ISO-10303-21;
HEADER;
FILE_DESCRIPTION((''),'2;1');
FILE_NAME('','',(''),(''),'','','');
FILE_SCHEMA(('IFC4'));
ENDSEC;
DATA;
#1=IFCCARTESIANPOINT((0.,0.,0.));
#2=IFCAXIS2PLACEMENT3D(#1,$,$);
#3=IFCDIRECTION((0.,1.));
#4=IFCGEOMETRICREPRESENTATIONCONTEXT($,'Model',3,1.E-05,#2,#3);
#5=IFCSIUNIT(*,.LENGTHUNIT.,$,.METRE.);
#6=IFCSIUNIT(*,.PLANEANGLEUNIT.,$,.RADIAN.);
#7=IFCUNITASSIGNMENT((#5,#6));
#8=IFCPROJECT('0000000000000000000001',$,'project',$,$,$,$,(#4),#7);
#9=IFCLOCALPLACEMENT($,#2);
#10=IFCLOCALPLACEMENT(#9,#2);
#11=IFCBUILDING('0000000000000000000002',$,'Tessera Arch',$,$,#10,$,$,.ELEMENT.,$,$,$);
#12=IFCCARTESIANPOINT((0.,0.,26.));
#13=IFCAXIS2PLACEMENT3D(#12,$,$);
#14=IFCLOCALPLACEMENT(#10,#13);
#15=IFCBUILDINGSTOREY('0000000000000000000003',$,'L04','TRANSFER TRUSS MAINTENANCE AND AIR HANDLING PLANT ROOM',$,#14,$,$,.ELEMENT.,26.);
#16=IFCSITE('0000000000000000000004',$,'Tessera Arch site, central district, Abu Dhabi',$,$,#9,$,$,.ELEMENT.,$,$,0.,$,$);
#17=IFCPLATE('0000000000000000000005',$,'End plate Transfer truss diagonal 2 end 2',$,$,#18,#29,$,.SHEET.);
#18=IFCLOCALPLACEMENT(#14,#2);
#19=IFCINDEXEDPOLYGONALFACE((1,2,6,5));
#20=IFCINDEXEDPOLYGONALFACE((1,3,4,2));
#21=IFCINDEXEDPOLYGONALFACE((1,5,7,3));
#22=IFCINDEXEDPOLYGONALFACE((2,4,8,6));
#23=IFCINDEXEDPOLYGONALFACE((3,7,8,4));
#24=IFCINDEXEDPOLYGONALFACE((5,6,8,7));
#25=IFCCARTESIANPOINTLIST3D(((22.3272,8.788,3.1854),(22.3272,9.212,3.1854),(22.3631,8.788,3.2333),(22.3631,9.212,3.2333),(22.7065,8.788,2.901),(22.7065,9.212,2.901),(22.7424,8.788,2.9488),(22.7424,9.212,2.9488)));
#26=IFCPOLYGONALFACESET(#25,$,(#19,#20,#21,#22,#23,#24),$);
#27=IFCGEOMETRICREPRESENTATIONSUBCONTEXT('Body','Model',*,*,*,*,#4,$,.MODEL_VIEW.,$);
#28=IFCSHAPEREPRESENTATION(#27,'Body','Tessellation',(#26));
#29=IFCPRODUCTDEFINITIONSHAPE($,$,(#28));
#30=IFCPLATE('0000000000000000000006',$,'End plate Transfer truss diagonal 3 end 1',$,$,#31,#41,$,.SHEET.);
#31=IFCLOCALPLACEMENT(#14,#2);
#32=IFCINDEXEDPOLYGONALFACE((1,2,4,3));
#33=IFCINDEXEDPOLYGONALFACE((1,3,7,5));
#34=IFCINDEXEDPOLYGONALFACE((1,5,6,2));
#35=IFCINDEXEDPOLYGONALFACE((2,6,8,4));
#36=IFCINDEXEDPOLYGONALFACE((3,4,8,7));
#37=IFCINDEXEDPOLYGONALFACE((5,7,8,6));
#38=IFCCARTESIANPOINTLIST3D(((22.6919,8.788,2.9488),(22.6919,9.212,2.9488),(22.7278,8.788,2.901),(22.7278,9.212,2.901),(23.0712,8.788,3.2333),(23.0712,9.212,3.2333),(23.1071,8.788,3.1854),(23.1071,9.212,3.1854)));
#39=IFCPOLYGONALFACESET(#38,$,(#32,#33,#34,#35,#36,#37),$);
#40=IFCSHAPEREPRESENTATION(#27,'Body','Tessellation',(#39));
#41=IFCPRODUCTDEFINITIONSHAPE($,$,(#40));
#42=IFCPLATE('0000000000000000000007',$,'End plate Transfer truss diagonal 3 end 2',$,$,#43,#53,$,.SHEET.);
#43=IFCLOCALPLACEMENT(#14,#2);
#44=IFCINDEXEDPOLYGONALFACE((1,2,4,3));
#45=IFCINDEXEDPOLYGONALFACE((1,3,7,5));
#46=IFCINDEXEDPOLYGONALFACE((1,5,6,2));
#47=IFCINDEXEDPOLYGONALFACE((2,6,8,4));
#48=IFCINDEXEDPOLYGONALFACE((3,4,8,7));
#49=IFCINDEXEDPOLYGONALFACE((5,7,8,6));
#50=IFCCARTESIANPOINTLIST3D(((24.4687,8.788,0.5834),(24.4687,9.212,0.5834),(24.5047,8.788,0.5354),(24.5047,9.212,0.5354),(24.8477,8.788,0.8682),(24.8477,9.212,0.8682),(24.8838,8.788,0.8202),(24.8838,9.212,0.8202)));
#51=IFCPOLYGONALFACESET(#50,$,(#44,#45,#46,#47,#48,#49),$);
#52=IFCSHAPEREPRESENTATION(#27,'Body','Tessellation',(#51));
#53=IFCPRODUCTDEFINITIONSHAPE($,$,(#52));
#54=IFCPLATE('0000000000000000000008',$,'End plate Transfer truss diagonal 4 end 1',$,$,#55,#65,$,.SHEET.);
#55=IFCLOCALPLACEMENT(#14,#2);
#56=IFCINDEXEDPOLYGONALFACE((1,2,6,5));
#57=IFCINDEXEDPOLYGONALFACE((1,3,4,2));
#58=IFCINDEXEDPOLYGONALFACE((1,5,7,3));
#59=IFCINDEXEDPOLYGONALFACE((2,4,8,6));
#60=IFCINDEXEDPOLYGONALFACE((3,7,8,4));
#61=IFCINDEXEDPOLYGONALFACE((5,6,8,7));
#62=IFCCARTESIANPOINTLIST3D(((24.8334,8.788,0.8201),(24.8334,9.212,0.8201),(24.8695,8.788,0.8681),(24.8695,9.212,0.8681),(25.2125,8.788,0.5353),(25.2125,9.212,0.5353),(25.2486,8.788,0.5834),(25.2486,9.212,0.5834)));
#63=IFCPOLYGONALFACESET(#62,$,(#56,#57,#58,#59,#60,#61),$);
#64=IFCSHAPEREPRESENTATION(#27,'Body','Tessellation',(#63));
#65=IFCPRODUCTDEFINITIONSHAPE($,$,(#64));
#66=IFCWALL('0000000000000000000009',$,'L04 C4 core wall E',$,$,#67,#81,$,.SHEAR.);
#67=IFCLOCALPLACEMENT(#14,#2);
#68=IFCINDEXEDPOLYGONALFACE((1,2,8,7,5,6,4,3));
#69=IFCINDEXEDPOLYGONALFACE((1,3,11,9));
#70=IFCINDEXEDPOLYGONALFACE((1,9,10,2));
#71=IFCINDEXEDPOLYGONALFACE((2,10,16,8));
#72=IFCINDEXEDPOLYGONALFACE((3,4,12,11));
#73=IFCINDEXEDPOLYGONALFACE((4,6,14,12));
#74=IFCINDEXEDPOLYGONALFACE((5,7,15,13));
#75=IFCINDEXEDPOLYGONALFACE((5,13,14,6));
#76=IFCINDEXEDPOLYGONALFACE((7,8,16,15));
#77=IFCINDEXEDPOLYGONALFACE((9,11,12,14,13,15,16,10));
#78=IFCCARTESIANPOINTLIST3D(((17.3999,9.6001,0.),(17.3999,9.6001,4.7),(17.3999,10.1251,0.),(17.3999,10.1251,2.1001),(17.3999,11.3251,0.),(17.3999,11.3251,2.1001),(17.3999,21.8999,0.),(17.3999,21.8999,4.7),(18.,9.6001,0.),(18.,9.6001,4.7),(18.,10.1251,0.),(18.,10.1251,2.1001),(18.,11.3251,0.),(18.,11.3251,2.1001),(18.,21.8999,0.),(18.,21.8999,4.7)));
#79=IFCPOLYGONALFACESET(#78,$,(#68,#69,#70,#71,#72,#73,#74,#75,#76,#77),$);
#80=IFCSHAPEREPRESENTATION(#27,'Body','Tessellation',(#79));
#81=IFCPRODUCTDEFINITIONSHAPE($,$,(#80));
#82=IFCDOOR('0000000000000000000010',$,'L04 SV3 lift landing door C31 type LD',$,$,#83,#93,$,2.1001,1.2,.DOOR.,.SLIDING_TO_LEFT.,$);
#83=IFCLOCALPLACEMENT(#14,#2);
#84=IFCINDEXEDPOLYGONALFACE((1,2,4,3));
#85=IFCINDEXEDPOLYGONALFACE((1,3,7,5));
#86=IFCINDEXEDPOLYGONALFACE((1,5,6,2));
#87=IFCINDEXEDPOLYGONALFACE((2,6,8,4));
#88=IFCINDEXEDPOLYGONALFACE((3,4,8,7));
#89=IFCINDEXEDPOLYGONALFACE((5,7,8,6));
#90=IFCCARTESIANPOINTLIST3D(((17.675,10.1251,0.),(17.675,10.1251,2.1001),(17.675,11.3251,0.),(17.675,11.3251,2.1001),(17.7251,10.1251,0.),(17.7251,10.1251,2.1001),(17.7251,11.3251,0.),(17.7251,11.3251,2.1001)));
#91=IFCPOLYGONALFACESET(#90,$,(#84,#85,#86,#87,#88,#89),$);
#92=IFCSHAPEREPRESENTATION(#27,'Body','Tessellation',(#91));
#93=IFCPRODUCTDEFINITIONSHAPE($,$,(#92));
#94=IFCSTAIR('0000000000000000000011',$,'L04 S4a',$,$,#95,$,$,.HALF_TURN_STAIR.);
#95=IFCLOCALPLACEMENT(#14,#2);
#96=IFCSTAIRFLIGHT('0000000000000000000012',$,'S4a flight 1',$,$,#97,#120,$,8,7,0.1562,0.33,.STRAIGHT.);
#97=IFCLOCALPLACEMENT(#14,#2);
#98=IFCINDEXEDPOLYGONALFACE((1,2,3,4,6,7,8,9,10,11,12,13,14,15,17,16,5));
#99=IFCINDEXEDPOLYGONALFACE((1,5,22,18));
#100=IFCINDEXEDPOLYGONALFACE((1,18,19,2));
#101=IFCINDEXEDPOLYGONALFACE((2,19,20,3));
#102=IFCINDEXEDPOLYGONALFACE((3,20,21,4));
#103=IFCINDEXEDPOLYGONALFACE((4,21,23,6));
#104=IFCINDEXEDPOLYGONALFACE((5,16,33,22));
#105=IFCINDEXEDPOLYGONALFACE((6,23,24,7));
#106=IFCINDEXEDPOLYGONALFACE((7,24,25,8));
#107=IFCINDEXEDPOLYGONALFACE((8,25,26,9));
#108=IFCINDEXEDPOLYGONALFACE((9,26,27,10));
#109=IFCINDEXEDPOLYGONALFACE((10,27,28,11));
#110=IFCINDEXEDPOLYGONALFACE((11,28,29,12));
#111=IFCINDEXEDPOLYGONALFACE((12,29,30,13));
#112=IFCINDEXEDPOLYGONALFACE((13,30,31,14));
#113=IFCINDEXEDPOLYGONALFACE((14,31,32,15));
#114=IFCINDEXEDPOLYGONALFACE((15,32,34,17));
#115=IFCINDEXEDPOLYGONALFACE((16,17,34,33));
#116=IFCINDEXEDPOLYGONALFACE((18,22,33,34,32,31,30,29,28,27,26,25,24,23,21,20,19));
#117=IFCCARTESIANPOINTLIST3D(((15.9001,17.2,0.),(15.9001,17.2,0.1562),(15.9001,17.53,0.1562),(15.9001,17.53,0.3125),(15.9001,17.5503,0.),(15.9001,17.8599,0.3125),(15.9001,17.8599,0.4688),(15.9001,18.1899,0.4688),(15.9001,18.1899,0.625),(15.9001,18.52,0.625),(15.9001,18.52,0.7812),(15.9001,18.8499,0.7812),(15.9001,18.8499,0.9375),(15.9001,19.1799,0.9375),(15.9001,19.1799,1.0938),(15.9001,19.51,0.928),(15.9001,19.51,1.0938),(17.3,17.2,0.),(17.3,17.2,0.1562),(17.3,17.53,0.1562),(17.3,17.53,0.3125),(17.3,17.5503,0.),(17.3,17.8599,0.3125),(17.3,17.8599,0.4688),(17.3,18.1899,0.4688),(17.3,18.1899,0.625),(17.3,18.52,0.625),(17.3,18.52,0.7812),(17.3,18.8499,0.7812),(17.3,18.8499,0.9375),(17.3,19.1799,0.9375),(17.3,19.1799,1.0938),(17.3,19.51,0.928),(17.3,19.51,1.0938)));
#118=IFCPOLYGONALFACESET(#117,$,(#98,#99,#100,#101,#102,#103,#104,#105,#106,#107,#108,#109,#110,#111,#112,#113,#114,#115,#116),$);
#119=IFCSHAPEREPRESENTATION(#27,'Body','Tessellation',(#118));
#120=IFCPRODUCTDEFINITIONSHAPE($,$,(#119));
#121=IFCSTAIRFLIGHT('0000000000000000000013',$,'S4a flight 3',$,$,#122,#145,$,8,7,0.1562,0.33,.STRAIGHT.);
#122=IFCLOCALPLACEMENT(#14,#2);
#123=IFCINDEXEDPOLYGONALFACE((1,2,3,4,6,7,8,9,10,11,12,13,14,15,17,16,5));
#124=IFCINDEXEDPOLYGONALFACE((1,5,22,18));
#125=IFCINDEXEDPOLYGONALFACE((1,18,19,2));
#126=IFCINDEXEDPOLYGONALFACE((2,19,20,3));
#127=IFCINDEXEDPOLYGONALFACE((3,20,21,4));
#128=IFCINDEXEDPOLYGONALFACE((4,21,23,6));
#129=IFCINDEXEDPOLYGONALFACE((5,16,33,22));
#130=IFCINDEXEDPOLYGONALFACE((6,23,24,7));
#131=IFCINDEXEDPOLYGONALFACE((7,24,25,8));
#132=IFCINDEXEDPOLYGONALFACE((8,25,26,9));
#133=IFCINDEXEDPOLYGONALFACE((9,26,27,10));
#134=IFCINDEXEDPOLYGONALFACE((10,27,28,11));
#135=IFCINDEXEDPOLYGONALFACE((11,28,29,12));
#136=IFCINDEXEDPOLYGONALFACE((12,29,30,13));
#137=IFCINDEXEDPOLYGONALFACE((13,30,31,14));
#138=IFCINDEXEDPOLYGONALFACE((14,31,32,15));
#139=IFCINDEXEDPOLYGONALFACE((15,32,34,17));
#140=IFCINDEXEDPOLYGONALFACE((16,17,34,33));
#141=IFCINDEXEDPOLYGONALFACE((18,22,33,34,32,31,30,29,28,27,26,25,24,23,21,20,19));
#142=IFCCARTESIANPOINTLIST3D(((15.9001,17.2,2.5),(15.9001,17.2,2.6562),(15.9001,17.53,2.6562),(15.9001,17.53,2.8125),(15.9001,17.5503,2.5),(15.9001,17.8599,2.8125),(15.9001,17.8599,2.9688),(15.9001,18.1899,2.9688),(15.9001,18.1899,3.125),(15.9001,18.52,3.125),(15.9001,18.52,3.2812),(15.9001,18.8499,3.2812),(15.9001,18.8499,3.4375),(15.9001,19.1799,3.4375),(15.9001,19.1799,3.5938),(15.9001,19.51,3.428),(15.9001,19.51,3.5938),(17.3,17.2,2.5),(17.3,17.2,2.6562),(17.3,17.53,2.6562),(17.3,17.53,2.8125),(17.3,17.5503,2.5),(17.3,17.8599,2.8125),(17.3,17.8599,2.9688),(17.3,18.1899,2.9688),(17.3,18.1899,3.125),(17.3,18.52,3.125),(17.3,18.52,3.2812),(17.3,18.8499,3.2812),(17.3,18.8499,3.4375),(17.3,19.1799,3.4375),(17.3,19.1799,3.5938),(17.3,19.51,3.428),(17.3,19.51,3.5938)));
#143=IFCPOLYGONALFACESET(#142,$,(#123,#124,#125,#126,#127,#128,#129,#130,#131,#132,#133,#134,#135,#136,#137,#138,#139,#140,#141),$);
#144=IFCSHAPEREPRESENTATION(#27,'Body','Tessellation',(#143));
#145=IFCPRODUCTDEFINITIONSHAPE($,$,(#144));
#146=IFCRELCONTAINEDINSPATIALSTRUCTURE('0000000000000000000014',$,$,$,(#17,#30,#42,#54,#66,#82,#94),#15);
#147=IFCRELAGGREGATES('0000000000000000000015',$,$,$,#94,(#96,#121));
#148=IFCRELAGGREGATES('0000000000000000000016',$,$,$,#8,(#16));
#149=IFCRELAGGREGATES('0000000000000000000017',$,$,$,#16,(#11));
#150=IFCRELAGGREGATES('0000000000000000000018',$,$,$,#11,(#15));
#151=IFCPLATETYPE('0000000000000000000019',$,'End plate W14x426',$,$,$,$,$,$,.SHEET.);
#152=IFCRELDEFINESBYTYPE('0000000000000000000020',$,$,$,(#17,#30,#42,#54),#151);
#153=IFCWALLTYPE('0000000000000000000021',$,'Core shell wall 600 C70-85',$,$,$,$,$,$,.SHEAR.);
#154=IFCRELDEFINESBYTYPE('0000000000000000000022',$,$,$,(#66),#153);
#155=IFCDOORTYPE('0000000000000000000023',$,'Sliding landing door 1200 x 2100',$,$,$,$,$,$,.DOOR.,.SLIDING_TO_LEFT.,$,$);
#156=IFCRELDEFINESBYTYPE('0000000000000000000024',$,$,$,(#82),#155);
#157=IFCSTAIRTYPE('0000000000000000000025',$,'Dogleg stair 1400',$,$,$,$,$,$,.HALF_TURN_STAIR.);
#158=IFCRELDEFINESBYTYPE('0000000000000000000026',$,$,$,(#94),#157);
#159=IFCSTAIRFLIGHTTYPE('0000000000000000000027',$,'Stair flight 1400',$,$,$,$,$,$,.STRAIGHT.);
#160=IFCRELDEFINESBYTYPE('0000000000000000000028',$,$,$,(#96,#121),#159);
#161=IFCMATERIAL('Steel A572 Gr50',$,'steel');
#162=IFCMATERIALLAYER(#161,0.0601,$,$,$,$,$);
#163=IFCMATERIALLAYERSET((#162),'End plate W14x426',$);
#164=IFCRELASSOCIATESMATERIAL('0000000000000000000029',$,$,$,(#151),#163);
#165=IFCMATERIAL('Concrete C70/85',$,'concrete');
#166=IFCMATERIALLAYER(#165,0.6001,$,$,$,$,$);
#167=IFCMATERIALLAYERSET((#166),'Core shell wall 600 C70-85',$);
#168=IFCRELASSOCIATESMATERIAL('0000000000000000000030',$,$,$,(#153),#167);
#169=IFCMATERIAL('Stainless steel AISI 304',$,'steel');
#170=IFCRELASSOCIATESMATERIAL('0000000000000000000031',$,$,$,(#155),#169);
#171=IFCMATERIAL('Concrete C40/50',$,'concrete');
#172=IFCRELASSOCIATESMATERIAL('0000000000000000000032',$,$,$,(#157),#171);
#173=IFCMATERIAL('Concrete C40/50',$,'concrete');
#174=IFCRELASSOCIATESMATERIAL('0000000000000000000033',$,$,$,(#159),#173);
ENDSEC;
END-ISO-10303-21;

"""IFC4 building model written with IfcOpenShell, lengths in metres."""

from ifc_helpers import new_model, si_unit, direction, frame, frame_2d, origin, origin_2d, place, context, subcontext, project, spatial, polyline, rectangle, outline, extrude, material, layer, layer_set, type_object, element, fill, aggregate, save


model = new_model("IFC4")

# Units and contexts
model_context = context("Model", 3, precision=1e-05, world=origin(), true_north=direction((0.0, 1.0)))
body_context = subcontext(model_context, "Body", "Model", "MODEL_VIEW")
ifc_project = project(units=[si_unit("LENGTHUNIT", "METRE"), si_unit("PLANEANGLEUNIT", "RADIAN")], contexts=[model_context])

# Site, building, storey
site_placement = place(None, origin())
site = spatial("IfcSite", under=ifc_project, at=site_placement, Name="Tessera Arch site, central district, Abu Dhabi", CompositionType="ELEMENT", RefElevation=0.0)
building_placement = place(site_placement, origin())
building = spatial("IfcBuilding", under=site, at=building_placement, Name="Tessera Arch", CompositionType="ELEMENT")
storey_placement = place(building_placement, frame((0.0, 0.0, 26.0)))
storey = spatial("IfcBuildingStorey", under=building, at=storey_placement, Name="L04", Description="TRANSFER TRUSS MAINTENANCE AND AIR HANDLING PLANT ROOM", CompositionType="ELEMENT", Elevation=26.0)

# Plates
ifc_material_1 = material(Name="Steel A572 Gr50", Category="steel")
ifc_layer_1 = layer(ifc_material_1, 0.0601)
ifc_layer_set_1 = layer_set([ifc_layer_1], Name="End plate W14x426")
plate_type = type_object("IfcPlateType", Name="End plate W14x426", PredefinedType="SHEET", material=ifc_layer_set_1)
for number, where, z_axis, x_axis, name in (
    (1, (22.5168, 9.0, 3.0432), (0.6, 0.0, 0.8), (0.0, 1.0, 0.0), "End plate Transfer truss diagonal 2 end 2"),
    (2, (22.8816, 9.0, 3.0911), (0.6, 0.0, -0.8), (0.0, 1.0, 0.0), "End plate Transfer truss diagonal 3 end 1"),
):
    element("IfcPlate", number, at=place(storey_placement, frame(where, z_axis=z_axis, x_axis=x_axis)), inside=storey, type_object=plate_type, Name=name, PredefinedType="SHEET", context=body_context, shape_type="SweptSolid", body=[
        extrude(rectangle(XDim=0.4241, YDim=0.4741, at=origin_2d()), origin(), (0.0, 0.0, 1.0), 0.0598),
    ])
for number, where, z_axis, x_axis, name in (
    (3, (24.6582, 9.0, 0.7258), (0.600649, 0.0, -0.799513), (0.0, 1.0, 0.0), "End plate Transfer truss diagonal 3 end 2"),
    (4, (25.0229, 9.0, 0.6777), (0.600649, 0.0, 0.799513), (0.0, 1.0, 0.0), "End plate Transfer truss diagonal 4 end 1"),
):
    element("IfcPlate", number, at=place(storey_placement, frame(where, z_axis=z_axis, x_axis=x_axis)), inside=storey, type_object=plate_type, Name=name, PredefinedType="SHEET", context=body_context, shape_type="SweptSolid", body=[
        extrude(rectangle(XDim=0.4241, YDim=0.4741, at=origin_2d()), origin(), (0.0, 0.0, 1.0), 0.0601),
    ])

# Wall, opening, door
ifc_material_2 = material(Name="Concrete C70/85", Category="concrete")
ifc_layer_2 = layer(ifc_material_2, 0.6001)
ifc_layer_set_2 = layer_set([ifc_layer_2], Name="Core shell wall 600 C70-85")
wall_type = type_object("IfcWallType", Name="Core shell wall 600 C70-85", PredefinedType="SHEAR", material=ifc_layer_set_2)
wall_placement = place(storey_placement, frame((17.7, 9.6001, 0.0), z_axis=(0.0, 0.0, 1.0), x_axis=(0.0, 1.0, 0.0)))
wall = element("IfcWall", 5, at=wall_placement, inside=storey, type_object=wall_type, Name="L04 C4 core wall E", PredefinedType="SHEAR", context=body_context, shape_type="SweptSolid", body=[
    extrude(rectangle(XDim=12.2998, YDim=0.6001, at=frame_2d((6.1499, 0.0))), origin(), (0.0, 0.0, 1.0), 4.7),
])
opening_placement = place(wall_placement, frame((0.5249, 0.0, 0.0)))
opening = element("IfcOpeningElement", 6, at=opening_placement, cuts=wall, PredefinedType="OPENING", context=body_context, shape_type="SweptSolid", body=[
    extrude(rectangle(XDim=1.2, YDim=2.1001, at=frame_2d((0.6001, 1.05))), frame((0.0, 0.3101, 0.0), z_axis=(0.0, -1.0, 0.0), x_axis=(1.0, 0.0, 0.0)), (0.0, 0.0, 1.0), 0.6201),
])
ifc_material_3 = material(Name="Stainless steel AISI 304", Category="steel")
door_type = type_object("IfcDoorType", Name="Sliding landing door 1200 x 2100", OperationType="SLIDING_TO_LEFT", PredefinedType="DOOR", material=ifc_material_3)
door_placement = place(opening_placement, origin())
door = element("IfcDoor", 7, at=door_placement, inside=storey, type_object=door_type, Name="L04 SV3 lift landing door C31 type LD", OperationType="SLIDING_TO_LEFT", OverallHeight=2.1001, OverallWidth=1.2, PredefinedType="DOOR", context=body_context, shape_type="SweptSolid", body=[
    extrude(rectangle(XDim=1.2, YDim=2.1001, at=frame_2d((0.6001, 1.05))), frame((0.0, 0.0249, 0.0), z_axis=(0.0, -1.0, 0.0), x_axis=(1.0, 0.0, 0.0)), (0.0, 0.0, 1.0), 0.05),
])
fill(opening, door)

# Stair, stair flights
ifc_material_4 = material(Name="Concrete C40/50", Category="concrete")
stair_type = type_object("IfcStairType", Name="Dogleg stair 1400", PredefinedType="HALF_TURN_STAIR", material=ifc_material_4)
stair_placement = place(storey_placement, origin())
stair = element("IfcStair", 8, at=stair_placement, inside=storey, type_object=stair_type, Name="L04 S4a", PredefinedType="HALF_TURN_STAIR")
ifc_material_5 = material(Name="Concrete C40/50", Category="concrete")
stair_flight_type = type_object("IfcStairFlightType", Name="Stair flight 1400", PredefinedType="STRAIGHT", material=ifc_material_5)
stair_flight_1_placement = place(storey_placement, frame((16.6001, 17.2, 0.0), z_axis=(0.0, 0.0, 1.0), x_axis=(0.0, 1.0, 0.0)))
stair_flight_1 = element("IfcStairFlight", 9, at=stair_flight_1_placement, type_object=stair_flight_type, Name="S4a flight 1", NumberOfRisers=8, NumberOfTreads=7, PredefinedType="STRAIGHT", RiserHeight=0.1562, TreadLength=0.33, context=body_context, shape_type="SweptSolid", body=[
    extrude(outline(polyline([(0.0, 0.0), (0.0, 0.1562), (0.3301, 0.1562), (0.3301, 0.3125), (0.6599, 0.3125), (0.6599, 0.4688), (0.99, 0.4688), (0.99, 0.625), (1.3201, 0.625), (1.3201, 0.7812), (1.6499, 0.7812), (1.6499, 0.9375), (1.98, 0.9375), (1.98, 1.0938), (2.3101, 1.0938), (2.3101, 1.25), (2.3101, 0.928), (0.3503, 0.0), (0.0, 0.0)])), frame((0.0, 0.7, 0.0), z_axis=(0.0, -1.0, 0.0), x_axis=(1.0, 0.0, 0.0)), (0.0, 0.0, 1.0), 1.3999),
])
stair_flight_2_placement = place(storey_placement, frame((16.6001, 17.2, 2.5), z_axis=(0.0, 0.0, 1.0), x_axis=(0.0, 1.0, 0.0)))
stair_flight_2 = element("IfcStairFlight", 10, at=stair_flight_2_placement, type_object=stair_flight_type, Name="S4a flight 3", NumberOfRisers=8, NumberOfTreads=7, PredefinedType="STRAIGHT", RiserHeight=0.1562, TreadLength=0.33, context=body_context, shape_type="SweptSolid", body=[
    extrude(outline(polyline([(0.0, 0.0), (0.0, 0.1562), (0.3301, 0.1562), (0.3301, 0.3125), (0.6599, 0.3125), (0.6599, 0.4688), (0.99, 0.4688), (0.99, 0.625), (1.3201, 0.625), (1.3201, 0.7812), (1.6499, 0.7812), (1.6499, 0.9375), (1.98, 0.9375), (1.98, 1.0938), (2.3101, 1.0938), (2.3101, 1.25), (2.3101, 0.928), (0.3503, 0.0), (0.0, 0.0)])), frame((0.0, 0.7, 0.0), z_axis=(0.0, -1.0, 0.0), x_axis=(1.0, 0.0, 0.0)), (0.0, 0.0, 1.0), 1.3999),
])
aggregate(stair, [stair_flight_1, stair_flight_2])

save(model, "model.ifc")
